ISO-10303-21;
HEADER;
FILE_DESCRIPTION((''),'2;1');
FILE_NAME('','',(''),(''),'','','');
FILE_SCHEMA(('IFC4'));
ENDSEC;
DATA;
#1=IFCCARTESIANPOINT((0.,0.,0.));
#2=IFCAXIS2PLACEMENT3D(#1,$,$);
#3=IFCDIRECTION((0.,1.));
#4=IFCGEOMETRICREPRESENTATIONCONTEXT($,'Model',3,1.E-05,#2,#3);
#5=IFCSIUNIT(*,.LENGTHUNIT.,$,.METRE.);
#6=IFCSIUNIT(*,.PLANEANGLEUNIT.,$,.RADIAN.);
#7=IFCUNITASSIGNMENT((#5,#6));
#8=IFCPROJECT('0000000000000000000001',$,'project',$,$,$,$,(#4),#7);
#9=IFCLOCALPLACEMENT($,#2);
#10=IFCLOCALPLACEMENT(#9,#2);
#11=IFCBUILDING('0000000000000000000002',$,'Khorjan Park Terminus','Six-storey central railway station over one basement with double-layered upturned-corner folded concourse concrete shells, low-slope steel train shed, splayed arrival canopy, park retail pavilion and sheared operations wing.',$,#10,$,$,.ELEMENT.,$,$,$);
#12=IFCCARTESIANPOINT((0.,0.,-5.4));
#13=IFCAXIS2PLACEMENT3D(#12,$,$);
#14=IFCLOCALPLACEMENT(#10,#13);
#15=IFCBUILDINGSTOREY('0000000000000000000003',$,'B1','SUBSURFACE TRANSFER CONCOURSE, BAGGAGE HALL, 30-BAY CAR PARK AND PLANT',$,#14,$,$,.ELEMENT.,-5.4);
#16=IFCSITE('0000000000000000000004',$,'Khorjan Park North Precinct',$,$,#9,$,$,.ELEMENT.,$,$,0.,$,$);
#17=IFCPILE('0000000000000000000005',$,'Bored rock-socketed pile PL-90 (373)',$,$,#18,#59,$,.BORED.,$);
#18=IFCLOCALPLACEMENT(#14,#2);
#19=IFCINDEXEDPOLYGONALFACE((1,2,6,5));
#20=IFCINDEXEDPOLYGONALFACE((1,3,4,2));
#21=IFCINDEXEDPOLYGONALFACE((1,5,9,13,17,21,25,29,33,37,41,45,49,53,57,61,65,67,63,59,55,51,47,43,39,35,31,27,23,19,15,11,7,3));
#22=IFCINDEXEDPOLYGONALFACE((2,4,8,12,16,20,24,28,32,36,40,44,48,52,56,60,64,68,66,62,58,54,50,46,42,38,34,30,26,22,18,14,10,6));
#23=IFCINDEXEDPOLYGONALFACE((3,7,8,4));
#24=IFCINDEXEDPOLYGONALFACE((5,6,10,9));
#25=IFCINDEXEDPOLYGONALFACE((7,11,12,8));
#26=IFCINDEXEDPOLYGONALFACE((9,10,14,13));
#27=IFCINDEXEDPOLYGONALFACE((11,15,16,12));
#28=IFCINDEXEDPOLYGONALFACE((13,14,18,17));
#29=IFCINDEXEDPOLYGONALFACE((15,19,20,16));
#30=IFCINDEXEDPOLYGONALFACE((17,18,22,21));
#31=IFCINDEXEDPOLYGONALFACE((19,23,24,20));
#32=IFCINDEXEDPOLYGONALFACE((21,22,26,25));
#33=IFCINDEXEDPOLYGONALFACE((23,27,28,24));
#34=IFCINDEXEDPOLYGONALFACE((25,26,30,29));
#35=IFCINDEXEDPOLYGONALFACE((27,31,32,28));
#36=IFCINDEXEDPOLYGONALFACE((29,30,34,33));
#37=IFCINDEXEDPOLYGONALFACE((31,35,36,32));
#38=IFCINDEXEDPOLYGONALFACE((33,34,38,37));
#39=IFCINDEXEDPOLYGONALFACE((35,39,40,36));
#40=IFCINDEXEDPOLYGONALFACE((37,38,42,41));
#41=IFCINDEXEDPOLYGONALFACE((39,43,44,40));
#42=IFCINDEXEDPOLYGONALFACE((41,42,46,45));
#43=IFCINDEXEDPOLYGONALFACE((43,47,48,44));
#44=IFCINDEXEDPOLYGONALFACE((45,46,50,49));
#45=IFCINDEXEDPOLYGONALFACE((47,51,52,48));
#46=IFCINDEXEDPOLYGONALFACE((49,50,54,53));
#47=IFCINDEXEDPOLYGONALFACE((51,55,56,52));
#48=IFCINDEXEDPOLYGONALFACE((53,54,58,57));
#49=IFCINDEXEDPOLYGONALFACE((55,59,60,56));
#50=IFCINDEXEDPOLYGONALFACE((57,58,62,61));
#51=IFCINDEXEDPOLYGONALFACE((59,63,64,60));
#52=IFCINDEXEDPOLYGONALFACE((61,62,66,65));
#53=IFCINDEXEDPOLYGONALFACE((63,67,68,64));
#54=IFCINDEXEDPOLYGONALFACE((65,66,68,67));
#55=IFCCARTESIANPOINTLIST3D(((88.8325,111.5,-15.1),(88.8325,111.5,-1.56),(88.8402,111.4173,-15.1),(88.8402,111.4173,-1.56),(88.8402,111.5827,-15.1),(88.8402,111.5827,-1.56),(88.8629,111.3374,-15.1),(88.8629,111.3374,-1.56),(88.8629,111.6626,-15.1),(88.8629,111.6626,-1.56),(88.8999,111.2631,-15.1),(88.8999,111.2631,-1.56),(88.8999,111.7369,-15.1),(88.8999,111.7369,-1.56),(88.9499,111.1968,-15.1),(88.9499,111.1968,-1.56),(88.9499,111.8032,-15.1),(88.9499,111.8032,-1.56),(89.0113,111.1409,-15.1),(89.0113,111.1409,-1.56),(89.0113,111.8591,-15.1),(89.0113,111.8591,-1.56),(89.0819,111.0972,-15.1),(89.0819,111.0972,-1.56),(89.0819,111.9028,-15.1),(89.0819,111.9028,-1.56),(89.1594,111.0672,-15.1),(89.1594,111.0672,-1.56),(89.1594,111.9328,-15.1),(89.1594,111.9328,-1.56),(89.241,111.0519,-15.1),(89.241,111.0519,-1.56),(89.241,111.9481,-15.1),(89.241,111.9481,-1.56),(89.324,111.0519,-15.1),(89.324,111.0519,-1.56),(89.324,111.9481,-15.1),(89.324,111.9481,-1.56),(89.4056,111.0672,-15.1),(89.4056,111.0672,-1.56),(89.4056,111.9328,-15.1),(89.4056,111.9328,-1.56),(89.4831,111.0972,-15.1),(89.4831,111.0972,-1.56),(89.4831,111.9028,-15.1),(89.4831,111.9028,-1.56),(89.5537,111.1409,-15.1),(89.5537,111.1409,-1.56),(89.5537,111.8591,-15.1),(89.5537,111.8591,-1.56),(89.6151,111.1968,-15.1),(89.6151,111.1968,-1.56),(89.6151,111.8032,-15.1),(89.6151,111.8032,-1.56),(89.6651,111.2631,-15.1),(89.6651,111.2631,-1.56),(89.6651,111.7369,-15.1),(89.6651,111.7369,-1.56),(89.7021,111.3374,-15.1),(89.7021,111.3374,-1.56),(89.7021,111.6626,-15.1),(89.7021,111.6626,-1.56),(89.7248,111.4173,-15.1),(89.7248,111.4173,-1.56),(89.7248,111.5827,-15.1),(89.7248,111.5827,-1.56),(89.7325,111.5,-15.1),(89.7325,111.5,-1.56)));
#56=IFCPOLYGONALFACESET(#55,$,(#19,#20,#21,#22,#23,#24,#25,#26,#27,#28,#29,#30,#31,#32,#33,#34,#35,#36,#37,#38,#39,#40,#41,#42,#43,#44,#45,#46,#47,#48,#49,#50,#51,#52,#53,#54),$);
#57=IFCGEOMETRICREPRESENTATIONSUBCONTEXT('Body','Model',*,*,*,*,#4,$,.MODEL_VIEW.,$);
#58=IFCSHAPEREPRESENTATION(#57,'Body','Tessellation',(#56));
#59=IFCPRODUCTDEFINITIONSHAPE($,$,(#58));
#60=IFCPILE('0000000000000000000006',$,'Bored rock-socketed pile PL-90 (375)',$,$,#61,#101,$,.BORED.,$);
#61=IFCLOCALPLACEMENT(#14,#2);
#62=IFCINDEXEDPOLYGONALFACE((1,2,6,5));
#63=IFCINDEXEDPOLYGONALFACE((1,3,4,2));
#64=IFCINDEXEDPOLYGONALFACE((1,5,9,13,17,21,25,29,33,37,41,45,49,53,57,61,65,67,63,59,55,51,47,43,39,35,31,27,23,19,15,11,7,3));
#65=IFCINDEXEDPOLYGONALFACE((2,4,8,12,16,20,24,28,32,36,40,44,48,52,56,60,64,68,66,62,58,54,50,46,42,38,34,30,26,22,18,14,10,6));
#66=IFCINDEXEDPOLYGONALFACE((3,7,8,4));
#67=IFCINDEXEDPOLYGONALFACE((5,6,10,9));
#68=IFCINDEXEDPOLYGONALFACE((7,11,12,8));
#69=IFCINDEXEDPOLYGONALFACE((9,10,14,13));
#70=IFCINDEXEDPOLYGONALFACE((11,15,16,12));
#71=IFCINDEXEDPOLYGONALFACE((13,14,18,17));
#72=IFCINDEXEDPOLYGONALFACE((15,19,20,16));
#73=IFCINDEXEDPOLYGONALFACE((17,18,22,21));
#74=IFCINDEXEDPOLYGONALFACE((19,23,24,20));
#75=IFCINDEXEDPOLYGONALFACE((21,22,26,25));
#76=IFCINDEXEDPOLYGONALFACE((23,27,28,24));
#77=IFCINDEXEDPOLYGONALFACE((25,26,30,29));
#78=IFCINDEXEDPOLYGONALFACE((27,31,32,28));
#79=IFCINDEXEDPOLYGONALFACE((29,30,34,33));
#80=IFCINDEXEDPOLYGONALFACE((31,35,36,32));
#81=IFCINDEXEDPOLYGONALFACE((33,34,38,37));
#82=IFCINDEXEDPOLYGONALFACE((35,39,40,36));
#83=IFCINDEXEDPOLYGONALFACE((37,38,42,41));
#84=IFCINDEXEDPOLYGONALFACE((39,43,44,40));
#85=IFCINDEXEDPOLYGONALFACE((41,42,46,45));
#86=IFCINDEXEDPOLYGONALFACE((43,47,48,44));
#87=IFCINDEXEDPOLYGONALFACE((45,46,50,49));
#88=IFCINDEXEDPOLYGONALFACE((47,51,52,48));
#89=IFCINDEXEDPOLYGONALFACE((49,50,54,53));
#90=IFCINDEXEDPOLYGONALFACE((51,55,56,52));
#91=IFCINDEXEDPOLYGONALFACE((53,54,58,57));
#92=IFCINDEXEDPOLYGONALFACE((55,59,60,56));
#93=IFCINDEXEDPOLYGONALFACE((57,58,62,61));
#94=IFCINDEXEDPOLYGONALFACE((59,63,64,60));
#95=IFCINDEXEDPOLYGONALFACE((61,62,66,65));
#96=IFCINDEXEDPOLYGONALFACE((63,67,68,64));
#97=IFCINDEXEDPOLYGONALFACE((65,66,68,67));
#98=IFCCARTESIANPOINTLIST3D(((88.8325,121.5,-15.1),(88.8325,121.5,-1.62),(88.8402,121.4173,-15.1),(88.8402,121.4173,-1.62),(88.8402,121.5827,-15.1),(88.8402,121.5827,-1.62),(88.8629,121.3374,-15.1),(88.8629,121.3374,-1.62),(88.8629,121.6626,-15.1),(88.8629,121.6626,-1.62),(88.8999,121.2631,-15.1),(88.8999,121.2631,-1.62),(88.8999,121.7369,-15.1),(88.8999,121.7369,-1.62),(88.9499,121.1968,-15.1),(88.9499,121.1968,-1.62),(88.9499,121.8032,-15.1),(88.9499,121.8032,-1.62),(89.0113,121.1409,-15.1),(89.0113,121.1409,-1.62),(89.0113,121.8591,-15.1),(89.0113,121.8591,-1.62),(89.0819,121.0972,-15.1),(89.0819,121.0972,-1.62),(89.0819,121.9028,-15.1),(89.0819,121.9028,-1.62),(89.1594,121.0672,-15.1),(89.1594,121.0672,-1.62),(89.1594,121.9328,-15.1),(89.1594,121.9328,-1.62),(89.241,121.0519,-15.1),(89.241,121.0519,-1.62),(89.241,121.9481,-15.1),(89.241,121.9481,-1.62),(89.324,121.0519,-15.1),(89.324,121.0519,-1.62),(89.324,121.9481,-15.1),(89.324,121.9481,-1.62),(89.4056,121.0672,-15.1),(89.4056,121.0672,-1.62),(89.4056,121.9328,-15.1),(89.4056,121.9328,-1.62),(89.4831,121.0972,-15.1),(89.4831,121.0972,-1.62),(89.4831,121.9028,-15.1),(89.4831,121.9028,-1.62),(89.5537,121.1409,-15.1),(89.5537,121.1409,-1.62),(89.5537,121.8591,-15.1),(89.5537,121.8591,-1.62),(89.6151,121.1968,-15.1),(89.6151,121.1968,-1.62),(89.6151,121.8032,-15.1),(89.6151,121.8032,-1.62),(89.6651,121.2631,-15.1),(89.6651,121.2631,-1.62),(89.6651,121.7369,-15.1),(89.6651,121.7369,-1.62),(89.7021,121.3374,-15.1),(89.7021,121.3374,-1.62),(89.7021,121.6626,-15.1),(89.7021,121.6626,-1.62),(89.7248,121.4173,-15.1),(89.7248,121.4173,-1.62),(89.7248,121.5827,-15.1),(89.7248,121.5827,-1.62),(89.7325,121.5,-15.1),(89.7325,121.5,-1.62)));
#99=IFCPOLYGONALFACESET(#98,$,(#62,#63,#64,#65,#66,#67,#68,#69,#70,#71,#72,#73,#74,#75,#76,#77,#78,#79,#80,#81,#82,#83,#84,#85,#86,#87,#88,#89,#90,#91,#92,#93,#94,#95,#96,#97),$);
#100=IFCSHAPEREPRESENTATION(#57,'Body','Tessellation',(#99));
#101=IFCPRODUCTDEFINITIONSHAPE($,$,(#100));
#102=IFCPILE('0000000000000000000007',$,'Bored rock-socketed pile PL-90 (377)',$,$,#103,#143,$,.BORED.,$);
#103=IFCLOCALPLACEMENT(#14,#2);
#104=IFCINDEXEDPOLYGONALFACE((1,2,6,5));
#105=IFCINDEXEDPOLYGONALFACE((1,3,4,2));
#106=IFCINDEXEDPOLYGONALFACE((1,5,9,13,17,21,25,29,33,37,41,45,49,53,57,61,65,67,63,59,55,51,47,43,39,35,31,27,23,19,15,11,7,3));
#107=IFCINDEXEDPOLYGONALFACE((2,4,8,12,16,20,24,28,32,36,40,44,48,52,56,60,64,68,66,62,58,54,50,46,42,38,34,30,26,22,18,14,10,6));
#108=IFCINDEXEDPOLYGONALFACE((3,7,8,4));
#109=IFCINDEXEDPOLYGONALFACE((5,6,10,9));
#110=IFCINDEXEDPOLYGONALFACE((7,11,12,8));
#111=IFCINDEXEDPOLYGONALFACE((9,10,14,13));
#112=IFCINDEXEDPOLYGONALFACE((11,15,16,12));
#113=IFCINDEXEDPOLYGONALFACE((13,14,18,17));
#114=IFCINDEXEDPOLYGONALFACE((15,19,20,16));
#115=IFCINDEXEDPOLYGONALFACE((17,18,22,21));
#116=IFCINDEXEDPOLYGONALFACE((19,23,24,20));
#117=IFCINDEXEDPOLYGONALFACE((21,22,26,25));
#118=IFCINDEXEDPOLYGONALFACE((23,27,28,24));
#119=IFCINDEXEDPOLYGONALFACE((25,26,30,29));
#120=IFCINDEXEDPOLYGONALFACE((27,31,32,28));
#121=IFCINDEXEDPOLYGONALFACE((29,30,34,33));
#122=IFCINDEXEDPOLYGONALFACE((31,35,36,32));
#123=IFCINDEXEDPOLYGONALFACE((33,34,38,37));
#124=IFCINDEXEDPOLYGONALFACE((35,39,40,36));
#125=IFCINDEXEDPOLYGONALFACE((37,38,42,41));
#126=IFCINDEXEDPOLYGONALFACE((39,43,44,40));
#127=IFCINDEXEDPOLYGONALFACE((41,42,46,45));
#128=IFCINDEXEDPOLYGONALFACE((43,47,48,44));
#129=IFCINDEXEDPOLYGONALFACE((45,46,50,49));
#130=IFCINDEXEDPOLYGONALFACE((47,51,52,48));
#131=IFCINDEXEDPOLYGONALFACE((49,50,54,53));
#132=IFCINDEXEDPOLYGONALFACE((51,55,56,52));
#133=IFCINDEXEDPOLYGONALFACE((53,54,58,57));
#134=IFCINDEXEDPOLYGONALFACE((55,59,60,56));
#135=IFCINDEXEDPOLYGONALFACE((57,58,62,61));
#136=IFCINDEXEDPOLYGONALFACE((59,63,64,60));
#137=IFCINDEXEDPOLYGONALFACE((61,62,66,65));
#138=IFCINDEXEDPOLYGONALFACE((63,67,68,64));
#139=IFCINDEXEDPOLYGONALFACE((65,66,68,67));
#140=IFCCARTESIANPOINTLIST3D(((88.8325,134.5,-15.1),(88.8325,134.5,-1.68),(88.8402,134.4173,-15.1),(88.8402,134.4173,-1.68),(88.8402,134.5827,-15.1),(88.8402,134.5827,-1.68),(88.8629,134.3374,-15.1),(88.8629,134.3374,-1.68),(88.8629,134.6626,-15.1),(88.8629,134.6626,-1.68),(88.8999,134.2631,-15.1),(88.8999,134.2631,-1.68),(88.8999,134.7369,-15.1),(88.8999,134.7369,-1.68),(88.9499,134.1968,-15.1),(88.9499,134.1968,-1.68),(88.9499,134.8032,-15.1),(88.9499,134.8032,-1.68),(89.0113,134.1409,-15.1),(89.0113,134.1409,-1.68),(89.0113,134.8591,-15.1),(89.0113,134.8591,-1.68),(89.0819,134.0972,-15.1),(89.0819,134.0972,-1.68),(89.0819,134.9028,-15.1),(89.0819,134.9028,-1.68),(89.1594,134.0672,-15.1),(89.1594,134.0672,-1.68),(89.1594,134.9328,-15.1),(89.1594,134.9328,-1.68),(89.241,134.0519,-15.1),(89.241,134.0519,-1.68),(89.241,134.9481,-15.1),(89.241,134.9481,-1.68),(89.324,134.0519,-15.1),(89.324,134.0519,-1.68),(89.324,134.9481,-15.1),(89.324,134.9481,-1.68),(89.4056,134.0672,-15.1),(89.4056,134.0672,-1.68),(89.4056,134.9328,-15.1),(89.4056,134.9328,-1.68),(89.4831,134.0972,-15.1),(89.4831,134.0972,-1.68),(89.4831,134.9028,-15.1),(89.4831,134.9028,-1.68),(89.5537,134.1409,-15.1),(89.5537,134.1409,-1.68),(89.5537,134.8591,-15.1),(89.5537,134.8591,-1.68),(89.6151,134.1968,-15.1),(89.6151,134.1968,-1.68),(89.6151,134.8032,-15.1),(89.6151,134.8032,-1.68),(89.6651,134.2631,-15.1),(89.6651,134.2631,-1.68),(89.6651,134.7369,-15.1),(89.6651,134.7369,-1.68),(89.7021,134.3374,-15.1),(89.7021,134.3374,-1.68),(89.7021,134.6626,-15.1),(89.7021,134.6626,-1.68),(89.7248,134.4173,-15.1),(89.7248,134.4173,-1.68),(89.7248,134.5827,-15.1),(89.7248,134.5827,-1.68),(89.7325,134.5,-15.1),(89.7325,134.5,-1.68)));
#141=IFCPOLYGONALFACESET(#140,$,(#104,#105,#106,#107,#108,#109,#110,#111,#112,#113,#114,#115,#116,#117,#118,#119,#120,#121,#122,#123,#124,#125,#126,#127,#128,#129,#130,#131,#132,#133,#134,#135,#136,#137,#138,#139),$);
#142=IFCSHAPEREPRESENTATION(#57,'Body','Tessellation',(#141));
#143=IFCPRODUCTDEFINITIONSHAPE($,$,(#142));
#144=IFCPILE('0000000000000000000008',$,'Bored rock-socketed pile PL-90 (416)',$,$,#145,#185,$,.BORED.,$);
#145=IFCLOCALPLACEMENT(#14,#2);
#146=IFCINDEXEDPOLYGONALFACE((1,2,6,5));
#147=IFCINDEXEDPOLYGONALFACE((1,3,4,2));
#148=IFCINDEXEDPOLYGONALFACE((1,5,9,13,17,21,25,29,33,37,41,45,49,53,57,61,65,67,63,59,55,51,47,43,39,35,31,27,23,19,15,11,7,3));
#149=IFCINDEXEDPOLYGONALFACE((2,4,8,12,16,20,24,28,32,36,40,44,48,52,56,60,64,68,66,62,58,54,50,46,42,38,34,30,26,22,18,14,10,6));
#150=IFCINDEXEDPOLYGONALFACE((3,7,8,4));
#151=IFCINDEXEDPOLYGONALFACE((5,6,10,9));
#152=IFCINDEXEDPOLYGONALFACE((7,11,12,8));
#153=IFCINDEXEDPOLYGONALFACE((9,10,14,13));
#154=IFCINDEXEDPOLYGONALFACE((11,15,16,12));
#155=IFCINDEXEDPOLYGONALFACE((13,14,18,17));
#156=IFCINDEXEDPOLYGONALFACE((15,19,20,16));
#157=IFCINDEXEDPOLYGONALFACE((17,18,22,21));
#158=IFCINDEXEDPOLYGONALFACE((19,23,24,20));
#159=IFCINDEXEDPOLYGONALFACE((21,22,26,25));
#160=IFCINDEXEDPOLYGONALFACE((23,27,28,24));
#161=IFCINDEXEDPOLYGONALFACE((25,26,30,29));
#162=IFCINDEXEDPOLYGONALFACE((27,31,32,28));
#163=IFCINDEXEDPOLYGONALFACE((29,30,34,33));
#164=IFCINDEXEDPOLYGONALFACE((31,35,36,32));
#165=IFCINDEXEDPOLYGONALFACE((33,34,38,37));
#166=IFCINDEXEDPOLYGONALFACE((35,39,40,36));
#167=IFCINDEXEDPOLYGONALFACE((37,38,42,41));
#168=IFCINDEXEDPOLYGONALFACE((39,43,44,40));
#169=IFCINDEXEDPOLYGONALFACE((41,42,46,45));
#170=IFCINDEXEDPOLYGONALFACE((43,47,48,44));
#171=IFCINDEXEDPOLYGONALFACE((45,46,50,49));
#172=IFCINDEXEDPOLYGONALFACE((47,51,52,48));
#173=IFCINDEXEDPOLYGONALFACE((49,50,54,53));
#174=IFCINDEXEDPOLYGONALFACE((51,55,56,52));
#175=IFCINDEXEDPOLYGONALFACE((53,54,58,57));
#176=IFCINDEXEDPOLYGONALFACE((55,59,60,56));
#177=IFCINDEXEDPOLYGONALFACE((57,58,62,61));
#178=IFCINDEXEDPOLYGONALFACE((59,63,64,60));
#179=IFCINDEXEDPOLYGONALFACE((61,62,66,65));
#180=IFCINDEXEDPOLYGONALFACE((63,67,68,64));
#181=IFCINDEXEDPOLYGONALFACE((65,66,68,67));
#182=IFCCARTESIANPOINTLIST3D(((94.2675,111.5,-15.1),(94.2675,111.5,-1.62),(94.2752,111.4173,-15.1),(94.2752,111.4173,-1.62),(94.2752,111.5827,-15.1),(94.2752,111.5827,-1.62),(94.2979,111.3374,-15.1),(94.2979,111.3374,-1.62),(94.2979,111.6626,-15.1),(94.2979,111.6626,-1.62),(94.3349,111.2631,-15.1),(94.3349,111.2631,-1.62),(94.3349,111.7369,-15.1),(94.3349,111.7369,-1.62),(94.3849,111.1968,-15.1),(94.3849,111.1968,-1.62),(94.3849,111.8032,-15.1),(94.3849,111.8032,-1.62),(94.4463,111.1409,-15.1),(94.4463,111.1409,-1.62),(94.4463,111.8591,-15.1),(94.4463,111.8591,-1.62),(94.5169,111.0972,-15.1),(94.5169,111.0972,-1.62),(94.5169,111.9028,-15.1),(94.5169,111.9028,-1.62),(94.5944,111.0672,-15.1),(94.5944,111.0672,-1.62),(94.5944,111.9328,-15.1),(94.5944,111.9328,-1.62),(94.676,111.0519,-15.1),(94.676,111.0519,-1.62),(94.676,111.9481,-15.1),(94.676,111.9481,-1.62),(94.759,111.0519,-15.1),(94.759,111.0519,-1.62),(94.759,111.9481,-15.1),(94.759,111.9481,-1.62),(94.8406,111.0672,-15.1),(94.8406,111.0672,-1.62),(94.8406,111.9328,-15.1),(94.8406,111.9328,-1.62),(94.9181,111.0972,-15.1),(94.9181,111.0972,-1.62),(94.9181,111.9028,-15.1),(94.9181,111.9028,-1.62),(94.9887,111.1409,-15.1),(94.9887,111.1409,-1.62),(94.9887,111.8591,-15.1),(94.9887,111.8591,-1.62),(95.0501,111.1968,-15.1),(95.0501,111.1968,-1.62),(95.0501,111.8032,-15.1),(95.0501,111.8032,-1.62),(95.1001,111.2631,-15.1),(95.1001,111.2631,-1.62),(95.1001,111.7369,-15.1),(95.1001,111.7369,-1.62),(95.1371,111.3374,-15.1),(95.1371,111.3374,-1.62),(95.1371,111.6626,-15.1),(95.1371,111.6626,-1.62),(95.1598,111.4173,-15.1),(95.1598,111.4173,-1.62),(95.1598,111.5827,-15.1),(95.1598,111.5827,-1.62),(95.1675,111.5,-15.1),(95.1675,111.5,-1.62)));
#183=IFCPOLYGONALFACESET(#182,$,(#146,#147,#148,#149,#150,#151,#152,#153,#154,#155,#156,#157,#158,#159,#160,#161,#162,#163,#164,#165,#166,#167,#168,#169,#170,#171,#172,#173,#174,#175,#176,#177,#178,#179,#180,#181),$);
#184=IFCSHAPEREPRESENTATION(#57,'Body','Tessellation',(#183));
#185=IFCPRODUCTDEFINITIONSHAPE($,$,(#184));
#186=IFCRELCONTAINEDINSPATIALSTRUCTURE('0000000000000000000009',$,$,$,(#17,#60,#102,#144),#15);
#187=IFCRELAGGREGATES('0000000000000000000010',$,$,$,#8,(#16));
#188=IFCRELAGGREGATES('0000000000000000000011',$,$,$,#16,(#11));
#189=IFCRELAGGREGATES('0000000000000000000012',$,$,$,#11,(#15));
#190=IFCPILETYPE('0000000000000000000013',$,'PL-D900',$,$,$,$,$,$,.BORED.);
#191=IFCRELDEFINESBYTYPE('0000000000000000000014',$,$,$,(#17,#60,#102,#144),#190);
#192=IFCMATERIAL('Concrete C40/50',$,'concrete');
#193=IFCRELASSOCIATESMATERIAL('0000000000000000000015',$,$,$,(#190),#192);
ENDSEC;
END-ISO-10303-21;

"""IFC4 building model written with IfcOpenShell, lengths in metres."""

from ifc_helpers import new_model, si_unit, direction, frame, origin, origin_2d, place, context, subcontext, project, spatial, circle, extrude, material, material_profile, profile_set, type_object, element, save


model = new_model("IFC4")

# Units and contexts
model_context = context("Model", 3, precision=1e-05, world=origin(), true_north=direction((0.0, 1.0)))
body_context = subcontext(model_context, "Body", "Model", "MODEL_VIEW")
ifc_project = project(units=[si_unit("LENGTHUNIT", "METRE"), si_unit("PLANEANGLEUNIT", "RADIAN")], contexts=[model_context])

# Site, building, storey
site_placement = place(None, origin())
site = spatial("IfcSite", under=ifc_project, at=site_placement, Name="Khorjan Park North Precinct", CompositionType="ELEMENT", RefElevation=0.0)
building_placement = place(site_placement, origin())
building = spatial("IfcBuilding", under=site, at=building_placement, Name="Khorjan Park Terminus", Description="Six-storey central railway station over one basement with double-layered upturned-corner folded concourse concrete shells, low-slope steel train shed, splayed arrival canopy, park retail pavilion and sheared operations wing.", CompositionType="ELEMENT")
storey_placement = place(building_placement, frame((0.0, 0.0, -5.4)))
storey = spatial("IfcBuildingStorey", under=building, at=storey_placement, Name="B1", Description="SUBSURFACE TRANSFER CONCOURSE, BAGGAGE HALL, 30-BAY CAR PARK AND PLANT", CompositionType="ELEMENT", Elevation=-5.4)

# Shared definitions
ifc_material_1 = material(Name="Concrete C40/50", Category="concrete")

# Piles
ifc_material_profile_1 = material_profile(ifc_material_1, circle(Radius=0.45, at=origin_2d()), Name="BORED D900")
ifc_profile_set_1 = profile_set([ifc_material_profile_1], Name="Concrete C40/50")
pile_type = type_object("IfcPileType", Name="PL-D900", PredefinedType="BORED", material=ifc_profile_set_1)
pile_1_placement = place(storey_placement, frame((89.2825, 111.5, -1.56), z_axis=(0.0, 0.0, -1.0), x_axis=(1.0, 0.0, 0.0)))
element("IfcPile", 1, at=pile_1_placement, inside=storey, type_object=pile_type, Name="Bored rock-socketed pile PL-90 (373)", PredefinedType="BORED", context=body_context, shape_type="SweptSolid", body=[
    extrude(circle(Radius=0.45, at=origin_2d()), origin(), (0.0, 0.0, 1.0), 13.54),
])
pile_2_placement = place(storey_placement, frame((89.2825, 121.5, -1.62), z_axis=(0.0, 0.0, -1.0), x_axis=(1.0, 0.0, 0.0)))
element("IfcPile", 2, at=pile_2_placement, inside=storey, type_object=pile_type, Name="Bored rock-socketed pile PL-90 (375)", PredefinedType="BORED", context=body_context, shape_type="SweptSolid", body=[
    extrude(circle(Radius=0.45, at=origin_2d()), origin(), (0.0, 0.0, 1.0), 13.48),
])
pile_3_placement = place(storey_placement, frame((89.2825, 134.5, -1.68), z_axis=(0.0, 0.0, -1.0), x_axis=(1.0, 0.0, 0.0)))
element("IfcPile", 3, at=pile_3_placement, inside=storey, type_object=pile_type, Name="Bored rock-socketed pile PL-90 (377)", PredefinedType="BORED", context=body_context, shape_type="SweptSolid", body=[
    extrude(circle(Radius=0.45, at=origin_2d()), origin(), (0.0, 0.0, 1.0), 13.42),
])
for number, where, z_axis, x_axis, name in (
    (4, (94.7175, 111.5, -1.62), (0.0, 0.0, -1.0), (1.0, 0.0, 0.0), "Bored rock-socketed pile PL-90 (416)"),
):
    element("IfcPile", number, at=place(storey_placement, frame(where, z_axis=z_axis, x_axis=x_axis)), inside=storey, type_object=pile_type, Name=name, PredefinedType="BORED", context=body_context, shape_type="SweptSolid", body=[
        extrude(circle(Radius=0.45, at=origin_2d()), origin(), (0.0, 0.0, 1.0), 13.48),
    ])

save(model, "model.ifc")
